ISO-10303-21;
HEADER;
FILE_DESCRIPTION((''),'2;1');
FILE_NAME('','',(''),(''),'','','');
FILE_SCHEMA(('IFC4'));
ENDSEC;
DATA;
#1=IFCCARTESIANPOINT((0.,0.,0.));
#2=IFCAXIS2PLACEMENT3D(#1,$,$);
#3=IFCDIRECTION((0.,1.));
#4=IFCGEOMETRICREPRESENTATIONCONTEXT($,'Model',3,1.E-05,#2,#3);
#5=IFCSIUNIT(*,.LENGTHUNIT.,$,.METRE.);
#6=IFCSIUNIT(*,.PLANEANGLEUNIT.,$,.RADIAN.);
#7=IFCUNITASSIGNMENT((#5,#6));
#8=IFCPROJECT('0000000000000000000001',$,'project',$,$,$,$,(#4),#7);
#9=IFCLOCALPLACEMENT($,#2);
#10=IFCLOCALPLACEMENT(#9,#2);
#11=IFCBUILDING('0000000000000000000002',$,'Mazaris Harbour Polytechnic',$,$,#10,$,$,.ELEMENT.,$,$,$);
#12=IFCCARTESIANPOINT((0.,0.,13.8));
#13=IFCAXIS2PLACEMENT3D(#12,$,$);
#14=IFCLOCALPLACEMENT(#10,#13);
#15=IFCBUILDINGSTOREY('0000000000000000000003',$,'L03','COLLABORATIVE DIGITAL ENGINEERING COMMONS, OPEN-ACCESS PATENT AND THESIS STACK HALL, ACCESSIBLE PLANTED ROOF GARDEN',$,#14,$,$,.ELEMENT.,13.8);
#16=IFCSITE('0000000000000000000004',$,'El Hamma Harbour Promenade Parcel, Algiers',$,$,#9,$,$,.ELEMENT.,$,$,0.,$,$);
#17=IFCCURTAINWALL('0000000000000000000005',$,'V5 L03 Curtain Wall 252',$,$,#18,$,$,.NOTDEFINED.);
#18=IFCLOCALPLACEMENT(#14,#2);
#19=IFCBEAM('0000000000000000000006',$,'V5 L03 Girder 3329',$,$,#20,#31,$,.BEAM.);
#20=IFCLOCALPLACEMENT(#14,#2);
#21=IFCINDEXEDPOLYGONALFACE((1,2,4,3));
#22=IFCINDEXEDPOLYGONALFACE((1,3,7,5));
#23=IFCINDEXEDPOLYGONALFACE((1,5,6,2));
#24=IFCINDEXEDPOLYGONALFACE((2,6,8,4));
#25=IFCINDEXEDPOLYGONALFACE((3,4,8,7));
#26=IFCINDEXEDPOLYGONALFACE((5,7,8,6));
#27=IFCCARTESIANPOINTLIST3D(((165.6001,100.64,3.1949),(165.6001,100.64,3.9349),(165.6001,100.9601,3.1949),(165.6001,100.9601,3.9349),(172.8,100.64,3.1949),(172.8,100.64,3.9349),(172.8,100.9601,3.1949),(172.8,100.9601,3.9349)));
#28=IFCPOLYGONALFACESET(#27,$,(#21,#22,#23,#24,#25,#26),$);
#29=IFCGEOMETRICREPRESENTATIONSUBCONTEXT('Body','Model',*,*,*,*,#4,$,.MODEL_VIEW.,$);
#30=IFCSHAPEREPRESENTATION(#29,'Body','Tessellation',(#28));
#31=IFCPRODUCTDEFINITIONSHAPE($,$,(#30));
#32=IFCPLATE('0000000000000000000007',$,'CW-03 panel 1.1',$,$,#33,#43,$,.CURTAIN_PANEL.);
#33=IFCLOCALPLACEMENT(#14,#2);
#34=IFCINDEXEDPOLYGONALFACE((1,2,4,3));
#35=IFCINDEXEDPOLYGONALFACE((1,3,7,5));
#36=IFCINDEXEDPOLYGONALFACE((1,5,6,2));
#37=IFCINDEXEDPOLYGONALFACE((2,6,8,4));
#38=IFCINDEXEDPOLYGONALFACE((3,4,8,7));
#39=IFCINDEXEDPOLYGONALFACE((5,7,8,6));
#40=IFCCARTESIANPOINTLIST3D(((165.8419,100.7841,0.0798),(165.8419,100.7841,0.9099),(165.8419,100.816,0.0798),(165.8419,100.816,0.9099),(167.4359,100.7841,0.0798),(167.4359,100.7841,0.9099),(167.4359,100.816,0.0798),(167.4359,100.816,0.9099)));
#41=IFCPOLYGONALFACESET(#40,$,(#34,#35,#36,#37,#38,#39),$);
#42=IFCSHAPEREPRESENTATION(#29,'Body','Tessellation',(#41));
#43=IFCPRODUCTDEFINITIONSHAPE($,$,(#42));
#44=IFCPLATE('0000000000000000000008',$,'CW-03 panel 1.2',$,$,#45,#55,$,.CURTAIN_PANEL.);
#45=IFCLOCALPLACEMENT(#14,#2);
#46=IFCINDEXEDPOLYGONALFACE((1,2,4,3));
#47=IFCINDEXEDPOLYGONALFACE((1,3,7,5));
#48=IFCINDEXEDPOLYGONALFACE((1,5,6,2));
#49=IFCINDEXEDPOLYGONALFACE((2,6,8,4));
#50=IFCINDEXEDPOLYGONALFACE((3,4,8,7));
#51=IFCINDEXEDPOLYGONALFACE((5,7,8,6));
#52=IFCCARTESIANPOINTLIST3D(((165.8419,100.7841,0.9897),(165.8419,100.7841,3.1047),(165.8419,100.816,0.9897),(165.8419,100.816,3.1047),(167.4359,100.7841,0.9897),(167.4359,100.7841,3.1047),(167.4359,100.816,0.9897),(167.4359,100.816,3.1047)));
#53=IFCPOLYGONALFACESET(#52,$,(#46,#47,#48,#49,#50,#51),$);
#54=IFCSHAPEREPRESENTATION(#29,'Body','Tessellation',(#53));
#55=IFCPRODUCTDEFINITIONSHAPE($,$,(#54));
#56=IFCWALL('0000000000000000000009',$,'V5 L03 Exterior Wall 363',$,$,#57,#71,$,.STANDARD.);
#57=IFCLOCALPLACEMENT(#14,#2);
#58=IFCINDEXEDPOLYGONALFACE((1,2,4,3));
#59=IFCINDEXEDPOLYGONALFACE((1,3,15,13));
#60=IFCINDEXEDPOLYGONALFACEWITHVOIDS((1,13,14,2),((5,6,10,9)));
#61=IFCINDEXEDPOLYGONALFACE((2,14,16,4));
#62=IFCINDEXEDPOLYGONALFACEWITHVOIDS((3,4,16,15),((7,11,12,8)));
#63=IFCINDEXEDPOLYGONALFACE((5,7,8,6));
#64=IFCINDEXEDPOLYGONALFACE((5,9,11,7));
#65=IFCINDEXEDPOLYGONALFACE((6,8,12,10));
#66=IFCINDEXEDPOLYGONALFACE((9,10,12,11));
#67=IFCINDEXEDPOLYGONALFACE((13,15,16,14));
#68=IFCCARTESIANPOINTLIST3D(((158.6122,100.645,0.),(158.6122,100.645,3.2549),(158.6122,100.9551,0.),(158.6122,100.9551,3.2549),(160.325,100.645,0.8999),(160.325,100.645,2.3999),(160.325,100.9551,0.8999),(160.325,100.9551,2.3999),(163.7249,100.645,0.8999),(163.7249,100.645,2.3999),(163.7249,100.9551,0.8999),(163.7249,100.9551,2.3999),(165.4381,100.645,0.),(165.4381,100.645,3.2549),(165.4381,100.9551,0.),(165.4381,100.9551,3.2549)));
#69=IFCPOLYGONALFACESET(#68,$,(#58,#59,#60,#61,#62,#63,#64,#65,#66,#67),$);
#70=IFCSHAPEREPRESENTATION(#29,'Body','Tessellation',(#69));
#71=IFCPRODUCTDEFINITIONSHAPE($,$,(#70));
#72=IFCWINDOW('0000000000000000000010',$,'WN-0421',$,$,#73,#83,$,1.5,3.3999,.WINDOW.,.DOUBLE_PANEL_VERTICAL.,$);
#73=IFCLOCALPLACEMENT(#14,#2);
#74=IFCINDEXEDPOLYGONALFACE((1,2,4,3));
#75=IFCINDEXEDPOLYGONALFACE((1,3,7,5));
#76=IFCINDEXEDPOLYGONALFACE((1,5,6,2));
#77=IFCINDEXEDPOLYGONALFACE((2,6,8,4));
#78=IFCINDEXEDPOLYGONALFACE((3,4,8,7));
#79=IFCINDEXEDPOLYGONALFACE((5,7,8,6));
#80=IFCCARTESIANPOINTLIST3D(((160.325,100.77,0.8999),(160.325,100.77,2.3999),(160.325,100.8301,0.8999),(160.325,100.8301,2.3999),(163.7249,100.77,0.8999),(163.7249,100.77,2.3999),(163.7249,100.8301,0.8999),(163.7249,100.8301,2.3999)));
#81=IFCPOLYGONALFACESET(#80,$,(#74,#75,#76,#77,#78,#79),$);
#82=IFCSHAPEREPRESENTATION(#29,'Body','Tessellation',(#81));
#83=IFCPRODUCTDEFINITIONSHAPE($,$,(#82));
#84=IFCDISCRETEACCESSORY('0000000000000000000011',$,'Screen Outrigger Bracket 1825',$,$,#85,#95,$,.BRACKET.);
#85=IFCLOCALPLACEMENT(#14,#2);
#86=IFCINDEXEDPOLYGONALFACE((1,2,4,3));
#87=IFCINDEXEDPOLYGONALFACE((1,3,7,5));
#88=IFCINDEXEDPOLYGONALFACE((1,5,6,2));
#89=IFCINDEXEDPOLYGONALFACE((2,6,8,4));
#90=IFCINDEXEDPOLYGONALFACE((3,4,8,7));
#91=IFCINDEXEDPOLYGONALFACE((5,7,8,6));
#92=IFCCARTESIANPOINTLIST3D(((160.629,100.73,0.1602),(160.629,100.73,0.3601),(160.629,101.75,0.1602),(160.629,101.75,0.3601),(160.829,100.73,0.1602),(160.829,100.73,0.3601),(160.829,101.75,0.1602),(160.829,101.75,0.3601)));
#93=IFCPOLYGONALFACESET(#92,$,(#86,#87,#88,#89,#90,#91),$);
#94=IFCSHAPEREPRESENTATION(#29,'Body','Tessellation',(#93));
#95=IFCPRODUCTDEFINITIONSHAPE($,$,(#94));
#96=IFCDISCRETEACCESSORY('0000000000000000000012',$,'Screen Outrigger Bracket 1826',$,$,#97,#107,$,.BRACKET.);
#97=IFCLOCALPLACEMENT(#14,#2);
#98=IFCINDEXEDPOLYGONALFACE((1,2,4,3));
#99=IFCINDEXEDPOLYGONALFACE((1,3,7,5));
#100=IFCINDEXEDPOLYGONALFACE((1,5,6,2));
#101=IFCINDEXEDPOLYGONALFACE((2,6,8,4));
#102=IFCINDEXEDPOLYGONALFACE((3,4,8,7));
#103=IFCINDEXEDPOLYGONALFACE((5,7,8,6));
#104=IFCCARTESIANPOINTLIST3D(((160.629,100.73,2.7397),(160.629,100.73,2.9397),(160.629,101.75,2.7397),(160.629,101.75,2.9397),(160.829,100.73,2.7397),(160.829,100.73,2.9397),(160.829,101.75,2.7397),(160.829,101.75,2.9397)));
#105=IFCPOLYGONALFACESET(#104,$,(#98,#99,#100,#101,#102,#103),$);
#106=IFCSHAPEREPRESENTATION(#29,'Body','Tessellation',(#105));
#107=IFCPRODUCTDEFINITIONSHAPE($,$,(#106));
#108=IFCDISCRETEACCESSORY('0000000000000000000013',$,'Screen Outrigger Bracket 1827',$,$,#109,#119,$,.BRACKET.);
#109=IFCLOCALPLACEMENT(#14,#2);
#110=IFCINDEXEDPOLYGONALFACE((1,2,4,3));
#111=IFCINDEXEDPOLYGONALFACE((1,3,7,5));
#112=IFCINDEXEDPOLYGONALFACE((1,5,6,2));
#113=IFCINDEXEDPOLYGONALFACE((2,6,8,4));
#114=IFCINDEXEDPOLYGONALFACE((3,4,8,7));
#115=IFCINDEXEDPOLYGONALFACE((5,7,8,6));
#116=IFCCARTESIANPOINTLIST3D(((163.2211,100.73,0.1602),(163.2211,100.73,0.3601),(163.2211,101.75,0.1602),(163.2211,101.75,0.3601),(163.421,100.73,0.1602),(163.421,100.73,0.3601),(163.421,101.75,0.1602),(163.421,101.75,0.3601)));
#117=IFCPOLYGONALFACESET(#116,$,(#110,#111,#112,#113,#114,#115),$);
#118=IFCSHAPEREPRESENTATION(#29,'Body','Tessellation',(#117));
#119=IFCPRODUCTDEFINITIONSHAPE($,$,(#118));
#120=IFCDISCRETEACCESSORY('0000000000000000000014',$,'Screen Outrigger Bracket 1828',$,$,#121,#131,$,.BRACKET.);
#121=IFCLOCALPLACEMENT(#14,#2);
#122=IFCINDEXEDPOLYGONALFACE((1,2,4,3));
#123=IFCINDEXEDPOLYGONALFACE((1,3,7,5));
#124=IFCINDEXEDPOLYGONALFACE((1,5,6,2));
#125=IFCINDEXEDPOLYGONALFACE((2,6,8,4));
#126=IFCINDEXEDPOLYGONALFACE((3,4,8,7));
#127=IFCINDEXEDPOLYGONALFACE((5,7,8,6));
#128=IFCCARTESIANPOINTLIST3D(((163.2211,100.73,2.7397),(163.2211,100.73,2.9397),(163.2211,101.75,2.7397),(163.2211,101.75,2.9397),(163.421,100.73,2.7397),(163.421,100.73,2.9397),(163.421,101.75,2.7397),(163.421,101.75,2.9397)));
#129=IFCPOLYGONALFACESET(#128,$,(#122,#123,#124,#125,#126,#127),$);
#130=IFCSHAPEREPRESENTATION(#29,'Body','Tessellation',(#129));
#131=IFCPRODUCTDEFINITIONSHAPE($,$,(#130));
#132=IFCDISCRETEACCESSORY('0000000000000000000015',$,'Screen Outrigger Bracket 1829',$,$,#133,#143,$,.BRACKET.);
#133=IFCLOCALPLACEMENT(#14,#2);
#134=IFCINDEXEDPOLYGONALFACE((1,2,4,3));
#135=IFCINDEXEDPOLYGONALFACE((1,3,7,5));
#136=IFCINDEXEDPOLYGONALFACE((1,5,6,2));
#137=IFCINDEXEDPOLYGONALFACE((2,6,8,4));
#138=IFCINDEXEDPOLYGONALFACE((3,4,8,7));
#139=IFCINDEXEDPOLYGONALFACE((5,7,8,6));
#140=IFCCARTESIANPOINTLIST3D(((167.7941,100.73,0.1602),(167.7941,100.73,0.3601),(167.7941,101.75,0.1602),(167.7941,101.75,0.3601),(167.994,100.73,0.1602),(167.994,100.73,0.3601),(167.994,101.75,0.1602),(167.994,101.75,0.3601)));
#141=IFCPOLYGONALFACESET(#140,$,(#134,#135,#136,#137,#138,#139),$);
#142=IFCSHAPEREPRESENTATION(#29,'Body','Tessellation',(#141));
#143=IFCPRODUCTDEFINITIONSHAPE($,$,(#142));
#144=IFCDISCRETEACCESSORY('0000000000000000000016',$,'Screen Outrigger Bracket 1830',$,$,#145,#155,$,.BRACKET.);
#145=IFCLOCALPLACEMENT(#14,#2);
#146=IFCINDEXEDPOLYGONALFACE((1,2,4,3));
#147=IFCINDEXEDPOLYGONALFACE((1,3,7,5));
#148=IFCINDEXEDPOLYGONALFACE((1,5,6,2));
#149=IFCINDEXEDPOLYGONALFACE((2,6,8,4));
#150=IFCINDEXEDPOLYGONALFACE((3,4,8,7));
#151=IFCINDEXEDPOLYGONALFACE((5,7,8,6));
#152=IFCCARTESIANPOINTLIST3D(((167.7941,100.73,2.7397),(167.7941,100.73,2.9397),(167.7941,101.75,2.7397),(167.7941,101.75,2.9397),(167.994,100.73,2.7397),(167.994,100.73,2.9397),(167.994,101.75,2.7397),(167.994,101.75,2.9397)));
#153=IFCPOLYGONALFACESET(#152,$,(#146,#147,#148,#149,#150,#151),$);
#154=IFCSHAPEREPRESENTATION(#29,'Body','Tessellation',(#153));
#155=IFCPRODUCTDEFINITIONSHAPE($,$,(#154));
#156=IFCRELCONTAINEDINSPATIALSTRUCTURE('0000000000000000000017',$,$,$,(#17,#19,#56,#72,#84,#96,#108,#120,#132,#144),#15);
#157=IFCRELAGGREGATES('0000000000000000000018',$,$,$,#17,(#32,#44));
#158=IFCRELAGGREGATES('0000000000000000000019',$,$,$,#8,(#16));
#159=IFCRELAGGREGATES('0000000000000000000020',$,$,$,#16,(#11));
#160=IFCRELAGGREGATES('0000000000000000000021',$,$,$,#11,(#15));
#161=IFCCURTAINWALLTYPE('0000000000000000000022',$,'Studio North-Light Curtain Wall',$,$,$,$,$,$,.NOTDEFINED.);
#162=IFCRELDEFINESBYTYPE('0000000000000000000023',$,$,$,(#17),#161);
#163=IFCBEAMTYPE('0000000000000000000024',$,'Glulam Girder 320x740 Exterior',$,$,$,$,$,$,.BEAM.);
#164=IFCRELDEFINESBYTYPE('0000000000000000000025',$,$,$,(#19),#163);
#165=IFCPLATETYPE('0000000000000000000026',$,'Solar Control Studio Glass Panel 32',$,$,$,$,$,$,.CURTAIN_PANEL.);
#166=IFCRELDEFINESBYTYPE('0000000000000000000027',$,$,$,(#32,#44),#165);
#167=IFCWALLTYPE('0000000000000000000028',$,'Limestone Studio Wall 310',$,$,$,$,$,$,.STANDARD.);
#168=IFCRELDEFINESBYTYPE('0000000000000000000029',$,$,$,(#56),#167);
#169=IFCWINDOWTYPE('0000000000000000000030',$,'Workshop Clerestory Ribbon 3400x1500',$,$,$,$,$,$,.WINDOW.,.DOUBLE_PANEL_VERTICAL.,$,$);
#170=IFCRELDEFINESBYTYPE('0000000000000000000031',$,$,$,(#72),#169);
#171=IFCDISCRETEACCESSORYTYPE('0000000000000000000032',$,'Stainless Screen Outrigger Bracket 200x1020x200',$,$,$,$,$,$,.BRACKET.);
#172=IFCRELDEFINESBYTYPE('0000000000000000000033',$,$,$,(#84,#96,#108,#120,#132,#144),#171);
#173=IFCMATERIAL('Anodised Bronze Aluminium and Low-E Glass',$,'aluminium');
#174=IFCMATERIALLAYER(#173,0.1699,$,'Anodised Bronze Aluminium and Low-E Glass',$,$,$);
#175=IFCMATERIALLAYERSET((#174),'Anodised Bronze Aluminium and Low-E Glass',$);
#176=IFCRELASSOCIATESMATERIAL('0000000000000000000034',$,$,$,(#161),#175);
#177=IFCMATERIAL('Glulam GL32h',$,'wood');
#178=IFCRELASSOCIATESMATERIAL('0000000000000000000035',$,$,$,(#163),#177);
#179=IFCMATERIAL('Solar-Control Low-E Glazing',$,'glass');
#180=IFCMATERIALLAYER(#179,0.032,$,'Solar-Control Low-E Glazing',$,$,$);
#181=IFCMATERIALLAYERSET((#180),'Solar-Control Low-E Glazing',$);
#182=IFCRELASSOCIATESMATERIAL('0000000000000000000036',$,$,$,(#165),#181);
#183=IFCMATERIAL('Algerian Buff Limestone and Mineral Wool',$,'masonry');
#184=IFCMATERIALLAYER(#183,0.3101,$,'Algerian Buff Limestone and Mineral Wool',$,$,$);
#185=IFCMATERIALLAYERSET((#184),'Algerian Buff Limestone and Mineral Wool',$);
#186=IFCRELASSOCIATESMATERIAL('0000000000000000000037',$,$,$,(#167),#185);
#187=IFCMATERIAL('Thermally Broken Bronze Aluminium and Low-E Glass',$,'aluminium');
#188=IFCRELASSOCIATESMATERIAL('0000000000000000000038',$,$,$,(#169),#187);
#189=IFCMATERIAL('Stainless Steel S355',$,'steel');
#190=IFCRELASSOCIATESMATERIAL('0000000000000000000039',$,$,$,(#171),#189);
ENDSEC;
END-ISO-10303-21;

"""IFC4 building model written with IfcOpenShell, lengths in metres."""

from ifc_helpers import new_model, si_unit, direction, frame, frame_2d, origin, origin_2d, place, context, subcontext, project, spatial, rectangle, extrude, material, layer, layer_set, material_profile, profile_set, type_object, element, fill, aggregate, save


model = new_model("IFC4")

# Units and contexts
model_context = context("Model", 3, precision=1e-05, world=origin(), true_north=direction((0.0, 1.0)))
body_context = subcontext(model_context, "Body", "Model", "MODEL_VIEW")
ifc_project = project(units=[si_unit("LENGTHUNIT", "METRE"), si_unit("PLANEANGLEUNIT", "RADIAN")], contexts=[model_context])

# Site, building, storey
site_placement = place(None, origin())
site = spatial("IfcSite", under=ifc_project, at=site_placement, Name="El Hamma Harbour Promenade Parcel, Algiers", CompositionType="ELEMENT", RefElevation=0.0)
building_placement = place(site_placement, origin())
building = spatial("IfcBuilding", under=site, at=building_placement, Name="Mazaris Harbour Polytechnic", CompositionType="ELEMENT")
storey_placement = place(building_placement, frame((0.0, 0.0, 13.8)))
storey = spatial("IfcBuildingStorey", under=building, at=storey_placement, Name="L03", Description="COLLABORATIVE DIGITAL ENGINEERING COMMONS, OPEN-ACCESS PATENT AND THESIS STACK HALL, ACCESSIBLE PLANTED ROOF GARDEN", CompositionType="ELEMENT", Elevation=13.8)

# Curtain wall
ifc_material_1 = material(Name="Anodised Bronze Aluminium and Low-E Glass", Category="aluminium")
ifc_layer_1 = layer(ifc_material_1, 0.1699, Name="Anodised Bronze Aluminium and Low-E Glass")
ifc_layer_set_1 = layer_set([ifc_layer_1], Name="Anodised Bronze Aluminium and Low-E Glass")
curtain_wall_type = type_object("IfcCurtainWallType", Name="Studio North-Light Curtain Wall", PredefinedType="NOTDEFINED", material=ifc_layer_set_1)
curtain_wall_placement = place(storey_placement, origin())
curtain_wall = element("IfcCurtainWall", 1, at=curtain_wall_placement, inside=storey, type_object=curtain_wall_type, Name="V5 L03 Curtain Wall 252", PredefinedType="NOTDEFINED")

# Beam
ifc_material_2 = material(Name="Glulam GL32h", Category="wood")
ifc_material_profile_1 = material_profile(ifc_material_2, rectangle(XDim=0.3201, YDim=0.74, at=origin_2d()), Name="RECT320x740")
ifc_profile_set_1 = profile_set([ifc_material_profile_1], Name="Glulam GL32h")
beam_type_1 = type_object("IfcBeamType", Name="Glulam Girder 320x740 Exterior", PredefinedType="BEAM", material=ifc_profile_set_1)
beam_1_placement = place(storey_placement, frame((165.6001, 100.8, 3.5649), z_axis=(1.0, 0.0, 0.0), x_axis=(0.0, 1.0, 0.0)))
element("IfcBeam", 2, at=beam_1_placement, inside=storey, type_object=beam_type_1, Name="V5 L03 Girder 3329", PredefinedType="BEAM", context=body_context, shape_type="SweptSolid", body=[
    extrude(rectangle(XDim=0.3201, YDim=0.74, at=origin_2d()), origin(), (0.0, 0.0, 1.0), 7.2),
])

# Plates
ifc_material_3 = material(Name="Solar-Control Low-E Glazing", Category="glass")
ifc_layer_2 = layer(ifc_material_3, 0.032, Name="Solar-Control Low-E Glazing")
ifc_layer_set_2 = layer_set([ifc_layer_2], Name="Solar-Control Low-E Glazing")
plate_type = type_object("IfcPlateType", Name="Solar Control Studio Glass Panel 32", PredefinedType="CURTAIN_PANEL", material=ifc_layer_set_2)
plate_1_placement = place(storey_placement, frame((166.6389, 100.8, 0.0798), z_axis=(0.0, 0.0, 1.0), x_axis=(1.0, 0.0, 0.0)))
plate_1 = element("IfcPlate", 3, at=plate_1_placement, type_object=plate_type, Name="CW-03 panel 1.1", PredefinedType="CURTAIN_PANEL", context=body_context, shape_type="SweptSolid", body=[
    extrude(rectangle(XDim=1.594, YDim=0.032, at=origin_2d()), origin(), (0.0, 0.0, 1.0), 0.8301),
])
plate_2_placement = place(storey_placement, frame((166.6389, 100.8, 0.9897), z_axis=(0.0, 0.0, 1.0), x_axis=(1.0, 0.0, 0.0)))
plate_2 = element("IfcPlate", 4, at=plate_2_placement, type_object=plate_type, Name="CW-03 panel 1.2", PredefinedType="CURTAIN_PANEL", context=body_context, shape_type="SweptSolid", body=[
    extrude(rectangle(XDim=1.594, YDim=0.032, at=origin_2d()), origin(), (0.0, 0.0, 1.0), 2.115),
])
aggregate(curtain_wall, [plate_1, plate_2])

# Wall, opening, window
ifc_material_4 = material(Name="Algerian Buff Limestone and Mineral Wool", Category="masonry")
ifc_layer_3 = layer(ifc_material_4, 0.3101, Name="Algerian Buff Limestone and Mineral Wool")
ifc_layer_set_3 = layer_set([ifc_layer_3], Name="Algerian Buff Limestone and Mineral Wool")
wall_type = type_object("IfcWallType", Name="Limestone Studio Wall 310", PredefinedType="STANDARD", material=ifc_layer_set_3)
wall_placement = place(storey_placement, frame((158.6121, 100.8, 0.0), z_axis=(0.0, 0.0, 1.0), x_axis=(1.0, 0.0, 0.0)))
wall = element("IfcWall", 5, at=wall_placement, inside=storey, type_object=wall_type, Name="V5 L03 Exterior Wall 363", PredefinedType="STANDARD", context=body_context, shape_type="SweptSolid", body=[
    extrude(rectangle(XDim=6.8259, YDim=0.3101, at=frame_2d((3.4131, 0.0))), origin(), (0.0, 0.0, 1.0), 3.2549),
])
opening_placement = place(wall_placement, frame((1.7129, 0.0, 0.8999)))
opening = element("IfcOpeningElement", 6, at=opening_placement, cuts=wall, PredefinedType="OPENING", context=body_context, shape_type="SweptSolid", body=[
    extrude(rectangle(XDim=3.3999, YDim=1.5, at=frame_2d((1.7, 0.75))), frame((0.0, 0.165, 0.0), z_axis=(0.0, -1.0, 0.0), x_axis=(1.0, 0.0, 0.0)), (0.0, 0.0, 1.0), 0.3301),
])
ifc_material_5 = material(Name="Thermally Broken Bronze Aluminium and Low-E Glass", Category="aluminium")
window_type = type_object("IfcWindowType", Name="Workshop Clerestory Ribbon 3400x1500", PartitioningType="DOUBLE_PANEL_VERTICAL", PredefinedType="WINDOW", material=ifc_material_5)
window_placement = place(opening_placement, origin())
window = element("IfcWindow", 7, at=window_placement, inside=storey, type_object=window_type, Name="WN-0421", OverallHeight=1.5, OverallWidth=3.3999, PartitioningType="DOUBLE_PANEL_VERTICAL", PredefinedType="WINDOW", context=body_context, shape_type="SweptSolid", body=[
    extrude(rectangle(XDim=3.3999, YDim=1.5, at=frame_2d((1.7, 0.75))), frame((0.0, 0.03, 0.0), z_axis=(0.0, -1.0, 0.0), x_axis=(1.0, 0.0, 0.0)), (0.0, 0.0, 1.0), 0.0601),
])
fill(opening, window)

# Discrete accessories
ifc_material_6 = material(Name="Stainless Steel S355", Category="steel")
discrete_accessory_type = type_object("IfcDiscreteAccessoryType", Name="Stainless Screen Outrigger Bracket 200x1020x200", PredefinedType="BRACKET", material=ifc_material_6)
for number, where, z_axis, x_axis, name in (
    (8, (160.729, 101.24, 0.1602), (0.0, 0.0, 1.0), (1.0, 0.0, 0.0), "Screen Outrigger Bracket 1825"),
    (9, (160.729, 101.24, 2.7397), (0.0, 0.0, 1.0), (1.0, 0.0, 0.0), "Screen Outrigger Bracket 1826"),
    (10, (163.321, 101.24, 0.1602), (0.0, 0.0, 1.0), (1.0, 0.0, 0.0), "Screen Outrigger Bracket 1827"),
    (11, (163.321, 101.24, 2.7397), (0.0, 0.0, 1.0), (1.0, 0.0, 0.0), "Screen Outrigger Bracket 1828"),
    (12, (167.894, 101.24, 0.1602), (0.0, 0.0, 1.0), (1.0, 0.0, 0.0), "Screen Outrigger Bracket 1829"),
    (13, (167.894, 101.24, 2.7397), (0.0, 0.0, 1.0), (1.0, 0.0, 0.0), "Screen Outrigger Bracket 1830"),
):
    element("IfcDiscreteAccessory", number, at=place(storey_placement, frame(where, z_axis=z_axis, x_axis=x_axis)), inside=storey, type_object=discrete_accessory_type, Name=name, PredefinedType="BRACKET", context=body_context, shape_type="SweptSolid", body=[
        extrude(rectangle(XDim=0.2, YDim=1.02, at=origin_2d()), origin(), (0.0, 0.0, 1.0), 0.2),
    ])

save(model, "model.ifc")
